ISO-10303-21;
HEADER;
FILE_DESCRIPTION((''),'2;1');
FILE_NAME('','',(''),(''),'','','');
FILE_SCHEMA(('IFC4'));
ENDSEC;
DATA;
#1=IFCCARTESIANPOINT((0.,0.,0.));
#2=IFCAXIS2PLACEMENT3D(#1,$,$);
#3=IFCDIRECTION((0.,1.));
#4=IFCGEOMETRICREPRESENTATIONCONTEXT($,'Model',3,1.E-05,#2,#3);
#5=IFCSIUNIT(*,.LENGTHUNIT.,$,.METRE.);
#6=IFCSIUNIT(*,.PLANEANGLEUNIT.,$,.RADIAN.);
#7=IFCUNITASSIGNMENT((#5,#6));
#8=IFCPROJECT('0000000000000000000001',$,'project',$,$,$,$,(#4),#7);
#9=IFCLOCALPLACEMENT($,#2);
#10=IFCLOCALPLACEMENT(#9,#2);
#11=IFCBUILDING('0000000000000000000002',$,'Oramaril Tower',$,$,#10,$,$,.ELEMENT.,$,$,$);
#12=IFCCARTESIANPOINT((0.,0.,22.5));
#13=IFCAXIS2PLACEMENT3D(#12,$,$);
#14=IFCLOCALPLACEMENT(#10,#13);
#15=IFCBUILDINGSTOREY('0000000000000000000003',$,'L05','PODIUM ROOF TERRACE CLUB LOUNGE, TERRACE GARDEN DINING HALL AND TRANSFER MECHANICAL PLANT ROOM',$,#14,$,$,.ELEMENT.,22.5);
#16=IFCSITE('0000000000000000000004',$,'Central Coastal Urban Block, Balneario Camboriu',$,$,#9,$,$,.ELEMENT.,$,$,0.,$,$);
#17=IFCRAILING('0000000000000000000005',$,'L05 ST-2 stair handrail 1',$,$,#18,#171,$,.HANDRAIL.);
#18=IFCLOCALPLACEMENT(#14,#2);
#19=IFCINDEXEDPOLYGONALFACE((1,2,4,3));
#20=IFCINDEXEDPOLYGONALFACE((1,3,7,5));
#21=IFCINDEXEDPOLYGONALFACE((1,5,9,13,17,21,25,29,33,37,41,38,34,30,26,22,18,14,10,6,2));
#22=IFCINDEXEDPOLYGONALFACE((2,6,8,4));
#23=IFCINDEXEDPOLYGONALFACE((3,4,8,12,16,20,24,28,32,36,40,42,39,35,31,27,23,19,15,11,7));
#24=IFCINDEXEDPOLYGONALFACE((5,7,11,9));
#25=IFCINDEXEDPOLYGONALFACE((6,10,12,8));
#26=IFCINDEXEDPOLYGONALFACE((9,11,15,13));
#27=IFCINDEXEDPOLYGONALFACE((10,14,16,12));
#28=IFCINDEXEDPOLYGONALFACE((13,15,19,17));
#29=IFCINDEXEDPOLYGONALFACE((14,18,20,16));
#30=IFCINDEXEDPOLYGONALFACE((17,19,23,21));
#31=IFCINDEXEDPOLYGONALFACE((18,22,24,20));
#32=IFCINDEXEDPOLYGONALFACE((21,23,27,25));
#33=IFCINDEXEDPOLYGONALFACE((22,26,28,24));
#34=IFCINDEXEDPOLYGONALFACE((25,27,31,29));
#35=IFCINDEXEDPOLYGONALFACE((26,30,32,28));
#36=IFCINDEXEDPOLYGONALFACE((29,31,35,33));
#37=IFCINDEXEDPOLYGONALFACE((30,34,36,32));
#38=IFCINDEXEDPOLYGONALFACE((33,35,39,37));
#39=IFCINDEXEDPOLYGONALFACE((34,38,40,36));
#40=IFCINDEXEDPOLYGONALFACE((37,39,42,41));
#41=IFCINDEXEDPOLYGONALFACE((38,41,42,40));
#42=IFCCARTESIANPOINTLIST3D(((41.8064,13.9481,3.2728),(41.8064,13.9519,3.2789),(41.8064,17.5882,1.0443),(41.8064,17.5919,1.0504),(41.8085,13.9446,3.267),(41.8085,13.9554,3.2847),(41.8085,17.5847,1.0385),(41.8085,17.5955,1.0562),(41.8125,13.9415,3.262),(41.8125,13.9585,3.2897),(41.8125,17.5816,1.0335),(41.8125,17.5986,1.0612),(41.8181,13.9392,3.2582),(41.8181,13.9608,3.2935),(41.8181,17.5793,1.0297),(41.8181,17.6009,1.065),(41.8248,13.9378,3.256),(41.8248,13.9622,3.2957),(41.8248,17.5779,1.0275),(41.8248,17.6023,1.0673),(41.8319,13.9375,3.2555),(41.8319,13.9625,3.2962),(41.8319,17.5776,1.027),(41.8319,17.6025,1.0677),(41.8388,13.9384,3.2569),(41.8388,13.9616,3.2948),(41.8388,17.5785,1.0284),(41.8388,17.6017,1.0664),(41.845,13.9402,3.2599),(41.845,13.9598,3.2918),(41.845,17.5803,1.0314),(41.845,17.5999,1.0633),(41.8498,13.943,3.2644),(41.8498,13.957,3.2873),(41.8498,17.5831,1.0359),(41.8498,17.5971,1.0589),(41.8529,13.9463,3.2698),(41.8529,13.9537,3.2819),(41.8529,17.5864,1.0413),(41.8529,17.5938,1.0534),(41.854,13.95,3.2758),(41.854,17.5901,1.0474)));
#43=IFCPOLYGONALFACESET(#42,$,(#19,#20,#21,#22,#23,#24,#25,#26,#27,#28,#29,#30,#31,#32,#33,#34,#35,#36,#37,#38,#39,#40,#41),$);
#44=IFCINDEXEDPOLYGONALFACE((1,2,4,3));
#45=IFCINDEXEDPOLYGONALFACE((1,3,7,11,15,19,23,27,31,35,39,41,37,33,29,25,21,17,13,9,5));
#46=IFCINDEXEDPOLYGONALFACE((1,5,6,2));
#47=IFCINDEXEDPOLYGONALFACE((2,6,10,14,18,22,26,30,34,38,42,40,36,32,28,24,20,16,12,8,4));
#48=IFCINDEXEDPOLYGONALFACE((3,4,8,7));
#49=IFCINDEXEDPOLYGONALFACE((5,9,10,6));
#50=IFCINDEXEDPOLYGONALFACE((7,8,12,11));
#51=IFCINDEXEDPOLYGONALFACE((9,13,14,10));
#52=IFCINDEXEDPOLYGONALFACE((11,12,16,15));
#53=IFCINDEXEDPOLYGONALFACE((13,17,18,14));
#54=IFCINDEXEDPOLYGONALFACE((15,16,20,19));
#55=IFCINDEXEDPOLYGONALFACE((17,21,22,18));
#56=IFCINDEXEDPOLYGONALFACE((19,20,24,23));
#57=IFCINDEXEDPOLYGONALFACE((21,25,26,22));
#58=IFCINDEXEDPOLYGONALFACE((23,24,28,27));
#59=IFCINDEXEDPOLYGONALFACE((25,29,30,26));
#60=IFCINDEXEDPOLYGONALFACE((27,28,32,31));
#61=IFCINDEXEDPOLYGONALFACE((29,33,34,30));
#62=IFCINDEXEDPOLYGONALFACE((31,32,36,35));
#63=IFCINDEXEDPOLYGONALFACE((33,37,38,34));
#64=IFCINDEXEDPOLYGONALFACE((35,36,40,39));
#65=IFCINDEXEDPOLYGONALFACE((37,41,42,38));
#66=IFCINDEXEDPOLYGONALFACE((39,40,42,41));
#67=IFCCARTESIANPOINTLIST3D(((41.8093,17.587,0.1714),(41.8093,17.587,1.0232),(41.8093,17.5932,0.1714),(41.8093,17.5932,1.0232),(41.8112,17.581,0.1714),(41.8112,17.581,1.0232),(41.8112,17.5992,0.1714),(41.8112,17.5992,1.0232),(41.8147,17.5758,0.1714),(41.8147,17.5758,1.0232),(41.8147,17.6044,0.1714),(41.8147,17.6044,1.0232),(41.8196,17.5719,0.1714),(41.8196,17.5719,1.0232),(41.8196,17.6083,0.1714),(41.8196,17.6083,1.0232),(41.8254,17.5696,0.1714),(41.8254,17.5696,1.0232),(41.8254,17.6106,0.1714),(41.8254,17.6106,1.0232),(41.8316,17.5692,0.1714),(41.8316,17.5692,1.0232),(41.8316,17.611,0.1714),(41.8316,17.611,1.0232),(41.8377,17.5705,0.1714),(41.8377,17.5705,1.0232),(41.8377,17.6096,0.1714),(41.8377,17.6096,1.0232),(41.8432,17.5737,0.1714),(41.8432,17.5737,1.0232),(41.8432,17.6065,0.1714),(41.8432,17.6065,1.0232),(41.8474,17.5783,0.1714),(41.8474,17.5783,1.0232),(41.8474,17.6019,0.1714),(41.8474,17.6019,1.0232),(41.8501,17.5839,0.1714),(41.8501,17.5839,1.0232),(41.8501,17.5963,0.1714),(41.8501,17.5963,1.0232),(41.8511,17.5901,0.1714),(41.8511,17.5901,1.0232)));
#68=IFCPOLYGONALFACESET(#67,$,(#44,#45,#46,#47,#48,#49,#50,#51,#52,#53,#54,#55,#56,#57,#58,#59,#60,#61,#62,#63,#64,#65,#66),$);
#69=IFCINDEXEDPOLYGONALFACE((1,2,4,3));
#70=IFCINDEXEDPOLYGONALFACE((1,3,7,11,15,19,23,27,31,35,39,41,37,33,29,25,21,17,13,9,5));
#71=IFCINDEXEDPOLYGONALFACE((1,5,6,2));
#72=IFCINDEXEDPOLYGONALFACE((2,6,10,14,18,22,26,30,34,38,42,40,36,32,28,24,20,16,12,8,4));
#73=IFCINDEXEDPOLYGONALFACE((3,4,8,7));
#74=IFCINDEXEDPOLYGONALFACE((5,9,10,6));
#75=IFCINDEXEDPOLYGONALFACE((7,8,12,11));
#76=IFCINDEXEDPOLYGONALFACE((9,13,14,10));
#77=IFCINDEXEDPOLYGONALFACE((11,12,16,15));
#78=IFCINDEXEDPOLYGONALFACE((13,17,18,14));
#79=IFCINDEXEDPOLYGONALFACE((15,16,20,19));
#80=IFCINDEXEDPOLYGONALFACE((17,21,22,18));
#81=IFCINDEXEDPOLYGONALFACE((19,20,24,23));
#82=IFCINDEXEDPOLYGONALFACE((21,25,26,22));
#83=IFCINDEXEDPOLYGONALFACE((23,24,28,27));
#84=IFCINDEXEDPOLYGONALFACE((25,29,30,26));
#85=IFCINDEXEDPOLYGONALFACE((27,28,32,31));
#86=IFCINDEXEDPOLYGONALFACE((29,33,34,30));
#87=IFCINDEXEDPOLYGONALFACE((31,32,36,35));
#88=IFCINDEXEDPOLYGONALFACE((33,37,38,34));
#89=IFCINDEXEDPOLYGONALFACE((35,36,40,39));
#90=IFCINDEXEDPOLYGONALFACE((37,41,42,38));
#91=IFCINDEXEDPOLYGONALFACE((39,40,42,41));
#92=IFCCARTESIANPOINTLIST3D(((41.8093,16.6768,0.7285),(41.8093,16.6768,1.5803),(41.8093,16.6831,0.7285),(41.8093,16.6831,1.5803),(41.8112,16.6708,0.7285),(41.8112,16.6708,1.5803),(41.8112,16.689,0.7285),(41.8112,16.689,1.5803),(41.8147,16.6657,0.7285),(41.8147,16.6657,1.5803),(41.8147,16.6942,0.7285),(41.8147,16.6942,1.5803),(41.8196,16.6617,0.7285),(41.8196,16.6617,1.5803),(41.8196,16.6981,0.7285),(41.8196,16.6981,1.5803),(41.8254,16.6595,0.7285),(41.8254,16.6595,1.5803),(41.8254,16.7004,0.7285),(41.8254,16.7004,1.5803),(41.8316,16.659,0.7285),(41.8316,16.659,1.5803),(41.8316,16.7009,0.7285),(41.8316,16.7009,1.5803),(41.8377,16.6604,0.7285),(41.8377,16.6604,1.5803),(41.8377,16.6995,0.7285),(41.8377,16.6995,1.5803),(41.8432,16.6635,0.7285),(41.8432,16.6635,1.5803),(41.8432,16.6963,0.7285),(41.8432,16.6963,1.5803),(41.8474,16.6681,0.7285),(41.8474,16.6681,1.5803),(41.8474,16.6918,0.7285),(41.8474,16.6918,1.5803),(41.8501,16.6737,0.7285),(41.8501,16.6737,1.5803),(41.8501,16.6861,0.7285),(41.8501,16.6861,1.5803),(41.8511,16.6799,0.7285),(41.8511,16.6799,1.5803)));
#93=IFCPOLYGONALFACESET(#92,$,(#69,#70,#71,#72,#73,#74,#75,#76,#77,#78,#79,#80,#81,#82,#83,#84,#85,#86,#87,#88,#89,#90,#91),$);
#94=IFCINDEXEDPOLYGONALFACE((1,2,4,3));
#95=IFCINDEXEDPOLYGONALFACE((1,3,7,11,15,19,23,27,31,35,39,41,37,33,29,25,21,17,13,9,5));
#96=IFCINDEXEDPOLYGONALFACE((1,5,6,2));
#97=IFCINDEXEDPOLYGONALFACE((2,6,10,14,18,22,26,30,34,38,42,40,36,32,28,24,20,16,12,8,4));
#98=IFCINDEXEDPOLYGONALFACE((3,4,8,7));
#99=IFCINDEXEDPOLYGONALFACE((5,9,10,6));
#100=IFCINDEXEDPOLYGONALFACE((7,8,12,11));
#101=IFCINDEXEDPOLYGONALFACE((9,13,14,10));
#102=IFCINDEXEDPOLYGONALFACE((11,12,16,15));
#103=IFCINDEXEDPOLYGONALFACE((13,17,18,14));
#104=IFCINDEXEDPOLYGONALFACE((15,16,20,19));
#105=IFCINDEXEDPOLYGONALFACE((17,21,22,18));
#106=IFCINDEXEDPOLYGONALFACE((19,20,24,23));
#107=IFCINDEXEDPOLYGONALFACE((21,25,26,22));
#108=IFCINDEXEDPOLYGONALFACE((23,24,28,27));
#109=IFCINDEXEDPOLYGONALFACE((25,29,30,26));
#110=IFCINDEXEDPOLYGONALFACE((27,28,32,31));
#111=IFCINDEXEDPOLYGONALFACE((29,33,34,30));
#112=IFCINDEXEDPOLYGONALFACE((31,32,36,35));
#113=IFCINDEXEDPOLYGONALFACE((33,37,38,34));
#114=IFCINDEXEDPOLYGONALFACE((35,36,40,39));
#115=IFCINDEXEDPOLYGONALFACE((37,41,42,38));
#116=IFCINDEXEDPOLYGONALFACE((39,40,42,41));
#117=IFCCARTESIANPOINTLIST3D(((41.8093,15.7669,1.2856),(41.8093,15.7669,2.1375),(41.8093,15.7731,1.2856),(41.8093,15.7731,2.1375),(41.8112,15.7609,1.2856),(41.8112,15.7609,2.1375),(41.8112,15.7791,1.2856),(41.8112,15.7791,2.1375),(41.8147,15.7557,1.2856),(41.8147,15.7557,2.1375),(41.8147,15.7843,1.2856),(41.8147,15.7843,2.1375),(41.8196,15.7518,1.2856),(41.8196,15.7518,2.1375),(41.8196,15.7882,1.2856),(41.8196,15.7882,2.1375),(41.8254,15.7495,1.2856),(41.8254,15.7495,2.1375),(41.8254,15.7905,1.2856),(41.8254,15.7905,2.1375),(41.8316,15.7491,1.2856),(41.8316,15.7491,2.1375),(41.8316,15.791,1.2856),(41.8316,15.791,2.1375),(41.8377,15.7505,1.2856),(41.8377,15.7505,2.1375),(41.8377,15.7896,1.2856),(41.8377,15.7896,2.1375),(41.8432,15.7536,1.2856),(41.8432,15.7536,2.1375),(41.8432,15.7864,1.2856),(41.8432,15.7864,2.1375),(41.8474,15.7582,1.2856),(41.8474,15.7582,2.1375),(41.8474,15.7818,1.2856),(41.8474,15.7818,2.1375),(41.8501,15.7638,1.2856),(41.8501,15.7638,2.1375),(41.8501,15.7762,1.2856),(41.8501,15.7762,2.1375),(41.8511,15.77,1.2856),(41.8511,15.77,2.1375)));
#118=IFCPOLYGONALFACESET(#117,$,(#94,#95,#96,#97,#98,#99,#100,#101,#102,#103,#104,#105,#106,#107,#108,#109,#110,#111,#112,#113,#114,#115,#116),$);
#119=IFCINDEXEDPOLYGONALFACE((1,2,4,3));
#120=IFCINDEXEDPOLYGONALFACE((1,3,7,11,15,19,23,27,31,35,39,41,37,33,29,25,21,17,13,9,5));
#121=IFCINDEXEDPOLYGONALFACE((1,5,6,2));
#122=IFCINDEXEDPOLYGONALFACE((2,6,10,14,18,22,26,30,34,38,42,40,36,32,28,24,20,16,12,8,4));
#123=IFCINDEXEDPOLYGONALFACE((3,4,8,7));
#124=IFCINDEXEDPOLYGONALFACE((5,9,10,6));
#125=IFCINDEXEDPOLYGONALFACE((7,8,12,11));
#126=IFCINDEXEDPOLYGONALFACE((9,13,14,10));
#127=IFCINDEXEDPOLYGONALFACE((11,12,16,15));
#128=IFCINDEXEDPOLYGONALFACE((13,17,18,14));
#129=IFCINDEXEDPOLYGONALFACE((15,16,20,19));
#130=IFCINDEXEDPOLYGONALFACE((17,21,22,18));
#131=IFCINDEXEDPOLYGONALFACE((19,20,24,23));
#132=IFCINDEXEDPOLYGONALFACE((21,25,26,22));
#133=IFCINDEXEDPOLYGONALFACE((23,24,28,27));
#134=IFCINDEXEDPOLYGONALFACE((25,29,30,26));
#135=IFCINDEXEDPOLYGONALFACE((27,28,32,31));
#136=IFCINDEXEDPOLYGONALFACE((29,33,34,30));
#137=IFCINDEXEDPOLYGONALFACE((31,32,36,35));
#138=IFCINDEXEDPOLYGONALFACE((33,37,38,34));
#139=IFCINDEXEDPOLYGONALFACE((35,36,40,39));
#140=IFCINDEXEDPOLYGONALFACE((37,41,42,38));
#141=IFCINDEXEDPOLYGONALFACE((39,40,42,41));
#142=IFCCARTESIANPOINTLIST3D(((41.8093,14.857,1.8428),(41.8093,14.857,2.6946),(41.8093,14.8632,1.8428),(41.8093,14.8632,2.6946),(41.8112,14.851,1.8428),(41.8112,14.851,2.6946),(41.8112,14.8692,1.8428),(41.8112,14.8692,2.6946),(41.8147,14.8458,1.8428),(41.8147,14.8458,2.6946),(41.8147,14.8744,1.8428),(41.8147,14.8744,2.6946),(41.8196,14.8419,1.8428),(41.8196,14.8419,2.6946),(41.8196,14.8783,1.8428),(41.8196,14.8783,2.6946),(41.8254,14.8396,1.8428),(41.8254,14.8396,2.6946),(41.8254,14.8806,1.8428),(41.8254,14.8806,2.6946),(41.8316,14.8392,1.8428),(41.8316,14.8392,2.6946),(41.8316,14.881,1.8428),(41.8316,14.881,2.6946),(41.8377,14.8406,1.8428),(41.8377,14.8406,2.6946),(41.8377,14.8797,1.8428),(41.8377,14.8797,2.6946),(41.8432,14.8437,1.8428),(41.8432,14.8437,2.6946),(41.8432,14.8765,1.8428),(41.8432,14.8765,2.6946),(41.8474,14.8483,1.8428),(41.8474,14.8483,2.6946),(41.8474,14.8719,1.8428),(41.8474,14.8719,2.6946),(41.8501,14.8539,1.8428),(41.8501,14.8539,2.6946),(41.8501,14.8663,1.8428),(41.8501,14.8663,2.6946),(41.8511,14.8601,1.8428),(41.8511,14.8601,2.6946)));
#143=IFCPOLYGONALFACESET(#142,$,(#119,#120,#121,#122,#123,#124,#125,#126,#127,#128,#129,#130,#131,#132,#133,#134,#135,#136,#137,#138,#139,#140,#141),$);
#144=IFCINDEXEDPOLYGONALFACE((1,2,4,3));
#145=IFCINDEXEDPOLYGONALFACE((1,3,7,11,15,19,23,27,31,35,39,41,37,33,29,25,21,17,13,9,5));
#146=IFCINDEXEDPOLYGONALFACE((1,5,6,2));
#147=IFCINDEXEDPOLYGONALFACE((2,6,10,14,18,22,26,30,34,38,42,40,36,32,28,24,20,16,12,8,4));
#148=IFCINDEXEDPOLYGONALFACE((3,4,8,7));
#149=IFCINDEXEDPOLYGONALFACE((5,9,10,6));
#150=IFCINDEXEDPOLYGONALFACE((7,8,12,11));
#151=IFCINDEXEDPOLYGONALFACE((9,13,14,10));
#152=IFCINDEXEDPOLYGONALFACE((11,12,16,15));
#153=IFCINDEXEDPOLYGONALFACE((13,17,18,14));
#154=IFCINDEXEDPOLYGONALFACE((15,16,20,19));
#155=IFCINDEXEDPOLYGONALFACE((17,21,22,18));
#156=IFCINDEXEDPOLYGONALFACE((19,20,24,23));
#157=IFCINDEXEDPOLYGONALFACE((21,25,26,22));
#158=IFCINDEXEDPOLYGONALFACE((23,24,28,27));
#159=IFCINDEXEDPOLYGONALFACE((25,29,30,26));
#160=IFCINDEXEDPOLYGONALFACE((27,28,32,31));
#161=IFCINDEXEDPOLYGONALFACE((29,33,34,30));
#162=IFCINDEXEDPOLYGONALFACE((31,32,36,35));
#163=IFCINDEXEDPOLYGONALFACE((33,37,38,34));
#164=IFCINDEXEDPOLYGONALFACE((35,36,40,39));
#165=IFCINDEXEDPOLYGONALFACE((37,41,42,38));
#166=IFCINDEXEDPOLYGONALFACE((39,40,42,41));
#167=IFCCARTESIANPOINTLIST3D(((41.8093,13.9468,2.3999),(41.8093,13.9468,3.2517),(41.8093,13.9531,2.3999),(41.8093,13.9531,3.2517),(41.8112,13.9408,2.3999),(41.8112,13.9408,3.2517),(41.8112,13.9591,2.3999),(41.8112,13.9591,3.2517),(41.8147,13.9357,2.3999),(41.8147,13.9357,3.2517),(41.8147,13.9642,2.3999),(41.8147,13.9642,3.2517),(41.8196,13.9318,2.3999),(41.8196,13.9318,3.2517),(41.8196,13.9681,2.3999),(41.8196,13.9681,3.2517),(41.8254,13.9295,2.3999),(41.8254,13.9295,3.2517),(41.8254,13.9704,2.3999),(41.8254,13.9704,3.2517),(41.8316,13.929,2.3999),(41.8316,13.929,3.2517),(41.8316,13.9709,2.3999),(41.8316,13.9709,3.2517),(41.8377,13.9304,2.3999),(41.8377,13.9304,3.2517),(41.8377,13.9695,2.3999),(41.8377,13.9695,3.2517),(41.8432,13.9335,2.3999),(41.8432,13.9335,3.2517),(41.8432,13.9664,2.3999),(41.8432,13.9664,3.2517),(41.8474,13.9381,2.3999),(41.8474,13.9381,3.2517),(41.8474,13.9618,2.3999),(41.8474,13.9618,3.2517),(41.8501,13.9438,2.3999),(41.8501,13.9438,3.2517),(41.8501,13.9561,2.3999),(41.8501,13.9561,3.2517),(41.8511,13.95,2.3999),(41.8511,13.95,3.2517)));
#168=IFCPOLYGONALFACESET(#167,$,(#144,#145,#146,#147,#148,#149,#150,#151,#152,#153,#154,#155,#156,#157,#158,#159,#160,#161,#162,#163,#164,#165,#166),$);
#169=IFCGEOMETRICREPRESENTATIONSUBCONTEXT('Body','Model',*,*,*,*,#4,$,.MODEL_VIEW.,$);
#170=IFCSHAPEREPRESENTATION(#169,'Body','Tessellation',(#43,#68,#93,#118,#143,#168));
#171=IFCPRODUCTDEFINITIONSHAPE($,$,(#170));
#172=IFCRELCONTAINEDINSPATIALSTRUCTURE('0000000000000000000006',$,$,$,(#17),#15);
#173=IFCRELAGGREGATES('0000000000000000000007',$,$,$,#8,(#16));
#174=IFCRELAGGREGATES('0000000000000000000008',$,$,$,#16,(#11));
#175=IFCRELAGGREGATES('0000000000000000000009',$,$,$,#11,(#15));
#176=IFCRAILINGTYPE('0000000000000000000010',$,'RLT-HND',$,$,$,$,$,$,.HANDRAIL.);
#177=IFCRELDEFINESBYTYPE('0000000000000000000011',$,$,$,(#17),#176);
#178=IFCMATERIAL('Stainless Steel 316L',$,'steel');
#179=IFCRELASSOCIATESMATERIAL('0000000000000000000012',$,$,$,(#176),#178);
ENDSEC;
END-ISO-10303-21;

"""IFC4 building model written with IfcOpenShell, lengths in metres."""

from ifc_helpers import new_model, si_unit, direction, frame, origin, origin_2d, place, context, subcontext, project, spatial, circle, extrude, material, type_object, element, save


model = new_model("IFC4")

# Units and contexts
model_context = context("Model", 3, precision=1e-05, world=origin(), true_north=direction((0.0, 1.0)))
body_context = subcontext(model_context, "Body", "Model", "MODEL_VIEW")
ifc_project = project(units=[si_unit("LENGTHUNIT", "METRE"), si_unit("PLANEANGLEUNIT", "RADIAN")], contexts=[model_context])

# Site, building, storey
site_placement = place(None, origin())
site = spatial("IfcSite", under=ifc_project, at=site_placement, Name="Central Coastal Urban Block, Balneario Camboriu", CompositionType="ELEMENT", RefElevation=0.0)
building_placement = place(site_placement, origin())
building = spatial("IfcBuilding", under=site, at=building_placement, Name="Oramaril Tower", CompositionType="ELEMENT")
storey_placement = place(building_placement, frame((0.0, 0.0, 22.5)))
storey = spatial("IfcBuildingStorey", under=building, at=storey_placement, Name="L05", Description="PODIUM ROOF TERRACE CLUB LOUNGE, TERRACE GARDEN DINING HALL AND TRANSFER MECHANICAL PLANT ROOM", CompositionType="ELEMENT", Elevation=22.5)

# Railing
ifc_material_1 = material(Name="Stainless Steel 316L", Category="steel")
railing_type_1 = type_object("IfcRailingType", Name="RLT-HND", PredefinedType="HANDRAIL", material=ifc_material_1)
railing_1_placement = place(storey_placement, frame((41.8301, 17.5901, 0.1714)))
element("IfcRailing", 1, at=railing_1_placement, inside=storey, type_object=railing_type_1, Name="L05 ST-2 stair handrail 1", PredefinedType="HANDRAIL", context=body_context, shape_type="SweptSolid", body=[
    extrude(circle(Radius=0.0239, at=origin_2d()), frame((0.0, 0.0, 0.876), z_axis=(0.0, -0.852866, 0.52213), x_axis=(1.0, 0.0, 0.0)), (0.0, 0.0, 1.0), 4.2681),
    extrude(circle(Radius=0.021, at=origin_2d()), origin(), (0.0, 0.0, 1.0), 0.8518),
    extrude(circle(Radius=0.021, at=origin_2d()), frame((0.0, -0.9102, 0.5571)), (0.0, 0.0, 1.0), 0.8518),
    extrude(circle(Radius=0.021, at=origin_2d()), frame((0.0, -1.8201, 1.1143)), (0.0, 0.0, 1.0), 0.8518),
    extrude(circle(Radius=0.021, at=origin_2d()), frame((0.0, -2.73, 1.6714)), (0.0, 0.0, 1.0), 0.8518),
    extrude(circle(Radius=0.021, at=origin_2d()), frame((0.0, -3.6401, 2.2285)), (0.0, 0.0, 1.0), 0.8518),
])

save(model, "model.ifc")
